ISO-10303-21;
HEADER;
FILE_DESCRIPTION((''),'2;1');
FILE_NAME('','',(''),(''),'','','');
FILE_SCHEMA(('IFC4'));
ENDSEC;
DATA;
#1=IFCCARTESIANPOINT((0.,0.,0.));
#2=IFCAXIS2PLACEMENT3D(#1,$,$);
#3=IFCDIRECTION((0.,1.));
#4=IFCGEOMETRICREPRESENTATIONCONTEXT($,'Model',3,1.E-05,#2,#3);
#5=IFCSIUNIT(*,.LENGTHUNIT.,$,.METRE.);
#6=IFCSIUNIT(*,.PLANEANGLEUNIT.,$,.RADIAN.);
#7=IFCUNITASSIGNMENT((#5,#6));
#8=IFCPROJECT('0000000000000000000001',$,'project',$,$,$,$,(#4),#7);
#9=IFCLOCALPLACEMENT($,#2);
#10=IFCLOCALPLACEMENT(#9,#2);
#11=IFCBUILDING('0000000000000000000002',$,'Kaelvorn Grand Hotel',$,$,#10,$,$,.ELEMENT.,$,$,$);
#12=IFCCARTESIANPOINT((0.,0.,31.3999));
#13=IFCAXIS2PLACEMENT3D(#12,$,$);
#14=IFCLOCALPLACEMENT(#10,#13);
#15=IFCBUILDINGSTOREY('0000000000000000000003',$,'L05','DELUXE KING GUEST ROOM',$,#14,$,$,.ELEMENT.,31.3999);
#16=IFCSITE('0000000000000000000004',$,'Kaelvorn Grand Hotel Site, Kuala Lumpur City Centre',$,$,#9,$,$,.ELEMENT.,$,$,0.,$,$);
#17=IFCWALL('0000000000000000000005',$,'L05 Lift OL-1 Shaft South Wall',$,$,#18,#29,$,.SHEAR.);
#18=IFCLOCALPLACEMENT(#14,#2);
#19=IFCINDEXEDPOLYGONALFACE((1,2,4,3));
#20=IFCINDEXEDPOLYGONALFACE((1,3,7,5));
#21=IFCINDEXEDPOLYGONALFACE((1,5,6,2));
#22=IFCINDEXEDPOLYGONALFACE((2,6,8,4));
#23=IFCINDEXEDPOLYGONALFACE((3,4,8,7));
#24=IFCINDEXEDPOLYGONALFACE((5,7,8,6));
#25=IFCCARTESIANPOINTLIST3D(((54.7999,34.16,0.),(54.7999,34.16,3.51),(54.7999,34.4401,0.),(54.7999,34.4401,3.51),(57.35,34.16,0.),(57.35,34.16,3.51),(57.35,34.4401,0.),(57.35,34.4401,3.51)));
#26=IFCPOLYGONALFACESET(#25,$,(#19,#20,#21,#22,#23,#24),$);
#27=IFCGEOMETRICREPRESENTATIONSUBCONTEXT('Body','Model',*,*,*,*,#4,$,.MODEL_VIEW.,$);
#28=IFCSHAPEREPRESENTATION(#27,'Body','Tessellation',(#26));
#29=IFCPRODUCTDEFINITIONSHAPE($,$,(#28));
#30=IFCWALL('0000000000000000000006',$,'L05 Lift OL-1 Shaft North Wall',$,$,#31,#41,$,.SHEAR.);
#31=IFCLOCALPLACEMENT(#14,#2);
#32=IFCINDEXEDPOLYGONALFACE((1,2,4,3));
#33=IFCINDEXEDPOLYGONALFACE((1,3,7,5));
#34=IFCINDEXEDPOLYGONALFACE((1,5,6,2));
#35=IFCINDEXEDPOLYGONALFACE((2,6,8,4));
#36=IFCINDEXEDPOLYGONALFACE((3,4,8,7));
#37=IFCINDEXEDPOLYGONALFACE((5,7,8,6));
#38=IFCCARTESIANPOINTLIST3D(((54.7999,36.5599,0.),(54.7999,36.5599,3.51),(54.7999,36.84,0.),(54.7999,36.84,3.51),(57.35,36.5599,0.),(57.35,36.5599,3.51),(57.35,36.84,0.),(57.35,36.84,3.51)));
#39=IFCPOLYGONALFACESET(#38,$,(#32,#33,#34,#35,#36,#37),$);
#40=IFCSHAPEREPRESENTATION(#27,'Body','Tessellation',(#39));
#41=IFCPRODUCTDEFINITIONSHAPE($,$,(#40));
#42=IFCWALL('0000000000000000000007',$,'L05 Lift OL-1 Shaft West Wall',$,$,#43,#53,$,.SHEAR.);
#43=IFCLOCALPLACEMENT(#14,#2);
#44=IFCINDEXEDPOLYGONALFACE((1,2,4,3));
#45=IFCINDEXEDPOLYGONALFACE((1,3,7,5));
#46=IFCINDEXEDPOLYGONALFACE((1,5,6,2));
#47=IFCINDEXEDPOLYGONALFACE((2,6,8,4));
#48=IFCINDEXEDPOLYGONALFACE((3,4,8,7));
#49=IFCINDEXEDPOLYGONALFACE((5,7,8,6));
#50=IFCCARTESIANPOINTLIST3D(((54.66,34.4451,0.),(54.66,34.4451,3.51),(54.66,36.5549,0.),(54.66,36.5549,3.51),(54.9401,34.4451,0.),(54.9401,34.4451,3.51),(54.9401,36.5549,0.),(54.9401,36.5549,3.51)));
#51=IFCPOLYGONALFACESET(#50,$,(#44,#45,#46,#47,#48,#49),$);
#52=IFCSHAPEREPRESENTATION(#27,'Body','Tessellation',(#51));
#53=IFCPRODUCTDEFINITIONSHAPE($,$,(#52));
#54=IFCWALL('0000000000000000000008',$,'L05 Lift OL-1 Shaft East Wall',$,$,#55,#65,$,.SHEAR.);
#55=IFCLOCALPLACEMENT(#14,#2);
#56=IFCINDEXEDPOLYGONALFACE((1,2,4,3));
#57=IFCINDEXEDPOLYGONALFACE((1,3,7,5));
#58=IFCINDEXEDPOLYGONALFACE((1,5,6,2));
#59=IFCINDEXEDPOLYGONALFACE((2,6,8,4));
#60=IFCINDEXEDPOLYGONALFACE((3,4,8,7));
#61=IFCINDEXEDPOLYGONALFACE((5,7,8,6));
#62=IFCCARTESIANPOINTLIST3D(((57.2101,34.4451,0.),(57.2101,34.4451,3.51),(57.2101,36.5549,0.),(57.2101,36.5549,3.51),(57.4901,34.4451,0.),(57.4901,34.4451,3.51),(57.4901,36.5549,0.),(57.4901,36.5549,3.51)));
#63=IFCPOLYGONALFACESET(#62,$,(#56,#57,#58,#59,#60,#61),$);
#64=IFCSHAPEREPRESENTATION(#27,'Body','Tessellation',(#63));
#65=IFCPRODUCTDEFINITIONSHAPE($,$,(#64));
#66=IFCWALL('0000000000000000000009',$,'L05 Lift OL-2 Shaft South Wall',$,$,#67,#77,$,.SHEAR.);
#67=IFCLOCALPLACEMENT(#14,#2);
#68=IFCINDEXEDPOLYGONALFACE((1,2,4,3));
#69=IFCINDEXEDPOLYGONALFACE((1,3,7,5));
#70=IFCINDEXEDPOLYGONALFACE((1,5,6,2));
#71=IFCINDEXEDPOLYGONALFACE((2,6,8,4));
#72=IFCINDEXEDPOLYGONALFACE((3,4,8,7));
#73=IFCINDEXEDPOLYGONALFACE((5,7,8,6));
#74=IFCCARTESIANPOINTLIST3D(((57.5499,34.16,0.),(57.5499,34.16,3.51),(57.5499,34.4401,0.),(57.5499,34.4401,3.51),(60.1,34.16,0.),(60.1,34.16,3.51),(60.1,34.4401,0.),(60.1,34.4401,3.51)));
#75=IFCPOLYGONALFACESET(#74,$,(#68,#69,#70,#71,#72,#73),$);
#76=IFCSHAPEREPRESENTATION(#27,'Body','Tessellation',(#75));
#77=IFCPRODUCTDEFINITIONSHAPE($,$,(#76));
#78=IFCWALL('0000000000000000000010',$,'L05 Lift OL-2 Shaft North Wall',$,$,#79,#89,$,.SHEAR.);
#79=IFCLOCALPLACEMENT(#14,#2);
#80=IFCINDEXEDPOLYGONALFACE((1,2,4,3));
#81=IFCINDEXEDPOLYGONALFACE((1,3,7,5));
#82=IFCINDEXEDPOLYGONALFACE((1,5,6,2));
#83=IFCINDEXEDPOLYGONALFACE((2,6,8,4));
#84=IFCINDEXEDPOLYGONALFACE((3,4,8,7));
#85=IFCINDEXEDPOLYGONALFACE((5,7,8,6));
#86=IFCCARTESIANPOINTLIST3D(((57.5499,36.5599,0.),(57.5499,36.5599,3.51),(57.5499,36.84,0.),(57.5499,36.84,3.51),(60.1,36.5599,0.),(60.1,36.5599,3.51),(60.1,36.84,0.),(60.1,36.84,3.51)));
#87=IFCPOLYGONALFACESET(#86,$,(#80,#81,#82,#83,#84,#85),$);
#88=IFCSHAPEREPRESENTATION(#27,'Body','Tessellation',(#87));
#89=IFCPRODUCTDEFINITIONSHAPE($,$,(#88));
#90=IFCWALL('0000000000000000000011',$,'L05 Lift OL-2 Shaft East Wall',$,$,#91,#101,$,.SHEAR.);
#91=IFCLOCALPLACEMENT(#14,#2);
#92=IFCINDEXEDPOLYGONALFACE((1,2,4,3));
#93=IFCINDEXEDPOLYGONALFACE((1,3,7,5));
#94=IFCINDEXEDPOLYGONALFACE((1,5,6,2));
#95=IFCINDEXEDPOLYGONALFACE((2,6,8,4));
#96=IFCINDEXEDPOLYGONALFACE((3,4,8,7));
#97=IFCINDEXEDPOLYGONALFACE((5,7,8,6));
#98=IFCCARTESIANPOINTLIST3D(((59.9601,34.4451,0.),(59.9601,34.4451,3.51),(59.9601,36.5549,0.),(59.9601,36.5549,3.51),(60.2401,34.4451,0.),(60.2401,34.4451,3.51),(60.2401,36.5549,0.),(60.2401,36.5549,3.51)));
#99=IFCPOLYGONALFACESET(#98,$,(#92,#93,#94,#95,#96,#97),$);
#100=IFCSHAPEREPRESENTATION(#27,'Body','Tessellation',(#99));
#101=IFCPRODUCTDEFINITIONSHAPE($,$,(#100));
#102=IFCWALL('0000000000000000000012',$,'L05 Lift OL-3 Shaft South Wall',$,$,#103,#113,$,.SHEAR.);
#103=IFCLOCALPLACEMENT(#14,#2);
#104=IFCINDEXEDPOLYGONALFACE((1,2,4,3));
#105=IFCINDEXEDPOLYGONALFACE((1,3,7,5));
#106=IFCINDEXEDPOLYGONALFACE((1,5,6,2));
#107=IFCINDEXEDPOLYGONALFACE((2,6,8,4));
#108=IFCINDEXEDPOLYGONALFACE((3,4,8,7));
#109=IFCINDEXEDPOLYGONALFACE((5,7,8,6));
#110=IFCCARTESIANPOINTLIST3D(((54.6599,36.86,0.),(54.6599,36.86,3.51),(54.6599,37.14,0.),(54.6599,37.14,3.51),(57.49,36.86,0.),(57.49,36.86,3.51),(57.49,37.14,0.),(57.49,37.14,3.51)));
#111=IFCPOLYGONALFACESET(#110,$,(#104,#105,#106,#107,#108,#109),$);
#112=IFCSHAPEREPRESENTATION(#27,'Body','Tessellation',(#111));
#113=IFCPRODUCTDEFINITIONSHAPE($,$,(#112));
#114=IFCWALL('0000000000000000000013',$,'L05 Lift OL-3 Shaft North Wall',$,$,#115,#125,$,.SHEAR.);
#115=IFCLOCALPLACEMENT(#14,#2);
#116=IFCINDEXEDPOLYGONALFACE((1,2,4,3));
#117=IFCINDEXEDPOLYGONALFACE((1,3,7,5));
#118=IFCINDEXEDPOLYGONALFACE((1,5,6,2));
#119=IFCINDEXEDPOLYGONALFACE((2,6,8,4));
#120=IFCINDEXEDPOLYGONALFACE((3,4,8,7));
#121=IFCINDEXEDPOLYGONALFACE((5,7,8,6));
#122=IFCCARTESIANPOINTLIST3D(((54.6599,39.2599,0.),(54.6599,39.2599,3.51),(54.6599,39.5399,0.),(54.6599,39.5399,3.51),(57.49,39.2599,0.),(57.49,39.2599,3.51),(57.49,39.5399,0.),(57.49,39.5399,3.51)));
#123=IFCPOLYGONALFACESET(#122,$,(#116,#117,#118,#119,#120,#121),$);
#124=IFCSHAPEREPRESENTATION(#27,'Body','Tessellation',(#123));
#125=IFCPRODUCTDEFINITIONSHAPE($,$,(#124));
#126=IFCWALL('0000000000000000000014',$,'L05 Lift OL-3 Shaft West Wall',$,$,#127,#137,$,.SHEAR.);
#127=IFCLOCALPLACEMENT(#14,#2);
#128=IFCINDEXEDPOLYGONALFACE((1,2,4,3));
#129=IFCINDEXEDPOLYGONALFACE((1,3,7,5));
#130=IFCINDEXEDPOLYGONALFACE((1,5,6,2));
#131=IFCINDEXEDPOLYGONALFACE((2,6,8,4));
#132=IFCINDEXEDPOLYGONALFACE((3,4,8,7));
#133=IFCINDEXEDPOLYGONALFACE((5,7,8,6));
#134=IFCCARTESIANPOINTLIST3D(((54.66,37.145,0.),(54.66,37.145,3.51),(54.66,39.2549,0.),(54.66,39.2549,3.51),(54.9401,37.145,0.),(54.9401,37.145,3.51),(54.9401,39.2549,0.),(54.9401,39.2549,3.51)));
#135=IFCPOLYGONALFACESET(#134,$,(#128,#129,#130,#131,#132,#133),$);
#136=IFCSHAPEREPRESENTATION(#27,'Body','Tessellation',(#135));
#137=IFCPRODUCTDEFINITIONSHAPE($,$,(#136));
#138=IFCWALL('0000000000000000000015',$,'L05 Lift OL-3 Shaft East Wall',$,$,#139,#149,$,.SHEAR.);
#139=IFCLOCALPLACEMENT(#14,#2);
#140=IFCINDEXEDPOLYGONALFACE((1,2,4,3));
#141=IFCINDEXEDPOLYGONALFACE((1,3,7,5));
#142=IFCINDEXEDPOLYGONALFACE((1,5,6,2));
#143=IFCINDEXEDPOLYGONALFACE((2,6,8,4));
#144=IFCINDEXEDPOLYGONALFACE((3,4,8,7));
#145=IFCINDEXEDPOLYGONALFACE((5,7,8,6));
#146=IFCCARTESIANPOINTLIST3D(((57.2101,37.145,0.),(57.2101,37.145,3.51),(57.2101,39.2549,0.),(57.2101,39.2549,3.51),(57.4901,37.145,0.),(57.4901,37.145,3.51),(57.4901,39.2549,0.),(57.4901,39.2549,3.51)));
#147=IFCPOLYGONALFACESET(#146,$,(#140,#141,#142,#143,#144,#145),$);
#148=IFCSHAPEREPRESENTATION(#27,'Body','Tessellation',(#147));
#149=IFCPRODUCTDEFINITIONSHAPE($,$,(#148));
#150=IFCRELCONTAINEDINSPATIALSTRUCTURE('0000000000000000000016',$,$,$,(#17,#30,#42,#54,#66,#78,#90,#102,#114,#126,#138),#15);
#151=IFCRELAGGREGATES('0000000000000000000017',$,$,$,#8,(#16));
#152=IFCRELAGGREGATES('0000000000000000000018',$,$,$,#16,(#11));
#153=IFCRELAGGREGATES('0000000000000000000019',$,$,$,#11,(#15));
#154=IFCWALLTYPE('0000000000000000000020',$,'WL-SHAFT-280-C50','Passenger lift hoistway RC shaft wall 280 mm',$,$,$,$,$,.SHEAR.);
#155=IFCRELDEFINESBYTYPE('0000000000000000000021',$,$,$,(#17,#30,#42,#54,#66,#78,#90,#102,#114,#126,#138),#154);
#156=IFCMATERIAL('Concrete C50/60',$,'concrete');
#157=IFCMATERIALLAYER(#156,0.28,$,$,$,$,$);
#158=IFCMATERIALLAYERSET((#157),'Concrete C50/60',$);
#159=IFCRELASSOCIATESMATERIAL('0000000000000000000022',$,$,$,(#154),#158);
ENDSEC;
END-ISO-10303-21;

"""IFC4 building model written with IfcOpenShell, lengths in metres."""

from ifc_helpers import new_model, si_unit, direction, frame, frame_2d, origin, place, context, subcontext, project, spatial, rectangle, extrude, material, layer, layer_set, type_object, element, save


model = new_model("IFC4")

# Units and contexts
model_context = context("Model", 3, precision=1e-05, world=origin(), true_north=direction((0.0, 1.0)))
body_context = subcontext(model_context, "Body", "Model", "MODEL_VIEW")
ifc_project = project(units=[si_unit("LENGTHUNIT", "METRE"), si_unit("PLANEANGLEUNIT", "RADIAN")], contexts=[model_context])

# Site, building, storey
site_placement = place(None, origin())
site = spatial("IfcSite", under=ifc_project, at=site_placement, Name="Kaelvorn Grand Hotel Site, Kuala Lumpur City Centre", CompositionType="ELEMENT", RefElevation=0.0)
building_placement = place(site_placement, origin())
building = spatial("IfcBuilding", under=site, at=building_placement, Name="Kaelvorn Grand Hotel", CompositionType="ELEMENT")
storey_placement = place(building_placement, frame((0.0, 0.0, 31.3999)))
storey = spatial("IfcBuildingStorey", under=building, at=storey_placement, Name="L05", Description="DELUXE KING GUEST ROOM", CompositionType="ELEMENT", Elevation=31.3999)

# Walls
ifc_material_1 = material(Name="Concrete C50/60", Category="concrete")
ifc_layer_1 = layer(ifc_material_1, 0.28)
ifc_layer_set_1 = layer_set([ifc_layer_1], Name="Concrete C50/60")
wall_type_1 = type_object("IfcWallType", Name="WL-SHAFT-280-C50", Description="Passenger lift hoistway RC shaft wall 280 mm", PredefinedType="SHEAR", material=ifc_layer_set_1)
for number, where, z_axis, x_axis, name in (
    (1, (54.8, 34.3, 0.0), (0.0, 0.0, 1.0), (1.0, 0.0, 0.0), "L05 Lift OL-1 Shaft South Wall"),
    (2, (54.8, 36.7, 0.0), (0.0, 0.0, 1.0), (1.0, 0.0, 0.0), "L05 Lift OL-1 Shaft North Wall"),
):
    element("IfcWall", number, at=place(storey_placement, frame(where, z_axis=z_axis, x_axis=x_axis)), inside=storey, type_object=wall_type_1, Name=name, PredefinedType="SHEAR", context=body_context, shape_type="SweptSolid", body=[
        extrude(rectangle(XDim=2.55, YDim=0.28, at=frame_2d((1.2749, 0.0))), origin(), (0.0, 0.0, 1.0), 3.51),
    ])
for number, where, z_axis, x_axis, name in (
    (3, (54.8, 34.4451, 0.0), (0.0, 0.0, 1.0), (0.0, 1.0, 0.0), "L05 Lift OL-1 Shaft West Wall"),
    (4, (57.3501, 34.4451, 0.0), (0.0, 0.0, 1.0), (0.0, 1.0, 0.0), "L05 Lift OL-1 Shaft East Wall"),
):
    element("IfcWall", number, at=place(storey_placement, frame(where, z_axis=z_axis, x_axis=x_axis)), inside=storey, type_object=wall_type_1, Name=name, PredefinedType="SHEAR", context=body_context, shape_type="SweptSolid", body=[
        extrude(rectangle(XDim=2.1099, YDim=0.28, at=frame_2d((1.0549, 0.0))), origin(), (0.0, 0.0, 1.0), 3.51),
    ])
for number, where, z_axis, x_axis, name in (
    (5, (57.55, 34.3, 0.0), (0.0, 0.0, 1.0), (1.0, 0.0, 0.0), "L05 Lift OL-2 Shaft South Wall"),
    (6, (57.55, 36.7, 0.0), (0.0, 0.0, 1.0), (1.0, 0.0, 0.0), "L05 Lift OL-2 Shaft North Wall"),
):
    element("IfcWall", number, at=place(storey_placement, frame(where, z_axis=z_axis, x_axis=x_axis)), inside=storey, type_object=wall_type_1, Name=name, PredefinedType="SHEAR", context=body_context, shape_type="SweptSolid", body=[
        extrude(rectangle(XDim=2.55, YDim=0.28, at=frame_2d((1.2749, 0.0))), origin(), (0.0, 0.0, 1.0), 3.51),
    ])
wall_1_placement = place(storey_placement, frame((60.1001, 34.4451, 0.0), z_axis=(0.0, 0.0, 1.0), x_axis=(0.0, 1.0, 0.0)))
element("IfcWall", 7, at=wall_1_placement, inside=storey, type_object=wall_type_1, Name="L05 Lift OL-2 Shaft East Wall", PredefinedType="SHEAR", context=body_context, shape_type="SweptSolid", body=[
    extrude(rectangle(XDim=2.1099, YDim=0.28, at=frame_2d((1.0549, 0.0))), origin(), (0.0, 0.0, 1.0), 3.51),
])
for number, where, z_axis, x_axis, name in (
    (8, (54.6599, 37.0, 0.0), (0.0, 0.0, 1.0), (1.0, 0.0, 0.0), "L05 Lift OL-3 Shaft South Wall"),
    (9, (54.6599, 39.3999, 0.0), (0.0, 0.0, 1.0), (1.0, 0.0, 0.0), "L05 Lift OL-3 Shaft North Wall"),
):
    element("IfcWall", number, at=place(storey_placement, frame(where, z_axis=z_axis, x_axis=x_axis)), inside=storey, type_object=wall_type_1, Name=name, PredefinedType="SHEAR", context=body_context, shape_type="SweptSolid", body=[
        extrude(rectangle(XDim=2.8301, YDim=0.28, at=frame_2d((1.415, 0.0))), origin(), (0.0, 0.0, 1.0), 3.51),
    ])
for number, where, z_axis, x_axis, name in (
    (10, (54.8, 37.145, 0.0), (0.0, 0.0, 1.0), (0.0, 1.0, 0.0), "L05 Lift OL-3 Shaft West Wall"),
    (11, (57.3501, 37.145, 0.0), (0.0, 0.0, 1.0), (0.0, 1.0, 0.0), "L05 Lift OL-3 Shaft East Wall"),
):
    element("IfcWall", number, at=place(storey_placement, frame(where, z_axis=z_axis, x_axis=x_axis)), inside=storey, type_object=wall_type_1, Name=name, PredefinedType="SHEAR", context=body_context, shape_type="SweptSolid", body=[
        extrude(rectangle(XDim=2.1099, YDim=0.28, at=frame_2d((1.0549, 0.0))), origin(), (0.0, 0.0, 1.0), 3.51),
    ])

save(model, "model.ifc")
